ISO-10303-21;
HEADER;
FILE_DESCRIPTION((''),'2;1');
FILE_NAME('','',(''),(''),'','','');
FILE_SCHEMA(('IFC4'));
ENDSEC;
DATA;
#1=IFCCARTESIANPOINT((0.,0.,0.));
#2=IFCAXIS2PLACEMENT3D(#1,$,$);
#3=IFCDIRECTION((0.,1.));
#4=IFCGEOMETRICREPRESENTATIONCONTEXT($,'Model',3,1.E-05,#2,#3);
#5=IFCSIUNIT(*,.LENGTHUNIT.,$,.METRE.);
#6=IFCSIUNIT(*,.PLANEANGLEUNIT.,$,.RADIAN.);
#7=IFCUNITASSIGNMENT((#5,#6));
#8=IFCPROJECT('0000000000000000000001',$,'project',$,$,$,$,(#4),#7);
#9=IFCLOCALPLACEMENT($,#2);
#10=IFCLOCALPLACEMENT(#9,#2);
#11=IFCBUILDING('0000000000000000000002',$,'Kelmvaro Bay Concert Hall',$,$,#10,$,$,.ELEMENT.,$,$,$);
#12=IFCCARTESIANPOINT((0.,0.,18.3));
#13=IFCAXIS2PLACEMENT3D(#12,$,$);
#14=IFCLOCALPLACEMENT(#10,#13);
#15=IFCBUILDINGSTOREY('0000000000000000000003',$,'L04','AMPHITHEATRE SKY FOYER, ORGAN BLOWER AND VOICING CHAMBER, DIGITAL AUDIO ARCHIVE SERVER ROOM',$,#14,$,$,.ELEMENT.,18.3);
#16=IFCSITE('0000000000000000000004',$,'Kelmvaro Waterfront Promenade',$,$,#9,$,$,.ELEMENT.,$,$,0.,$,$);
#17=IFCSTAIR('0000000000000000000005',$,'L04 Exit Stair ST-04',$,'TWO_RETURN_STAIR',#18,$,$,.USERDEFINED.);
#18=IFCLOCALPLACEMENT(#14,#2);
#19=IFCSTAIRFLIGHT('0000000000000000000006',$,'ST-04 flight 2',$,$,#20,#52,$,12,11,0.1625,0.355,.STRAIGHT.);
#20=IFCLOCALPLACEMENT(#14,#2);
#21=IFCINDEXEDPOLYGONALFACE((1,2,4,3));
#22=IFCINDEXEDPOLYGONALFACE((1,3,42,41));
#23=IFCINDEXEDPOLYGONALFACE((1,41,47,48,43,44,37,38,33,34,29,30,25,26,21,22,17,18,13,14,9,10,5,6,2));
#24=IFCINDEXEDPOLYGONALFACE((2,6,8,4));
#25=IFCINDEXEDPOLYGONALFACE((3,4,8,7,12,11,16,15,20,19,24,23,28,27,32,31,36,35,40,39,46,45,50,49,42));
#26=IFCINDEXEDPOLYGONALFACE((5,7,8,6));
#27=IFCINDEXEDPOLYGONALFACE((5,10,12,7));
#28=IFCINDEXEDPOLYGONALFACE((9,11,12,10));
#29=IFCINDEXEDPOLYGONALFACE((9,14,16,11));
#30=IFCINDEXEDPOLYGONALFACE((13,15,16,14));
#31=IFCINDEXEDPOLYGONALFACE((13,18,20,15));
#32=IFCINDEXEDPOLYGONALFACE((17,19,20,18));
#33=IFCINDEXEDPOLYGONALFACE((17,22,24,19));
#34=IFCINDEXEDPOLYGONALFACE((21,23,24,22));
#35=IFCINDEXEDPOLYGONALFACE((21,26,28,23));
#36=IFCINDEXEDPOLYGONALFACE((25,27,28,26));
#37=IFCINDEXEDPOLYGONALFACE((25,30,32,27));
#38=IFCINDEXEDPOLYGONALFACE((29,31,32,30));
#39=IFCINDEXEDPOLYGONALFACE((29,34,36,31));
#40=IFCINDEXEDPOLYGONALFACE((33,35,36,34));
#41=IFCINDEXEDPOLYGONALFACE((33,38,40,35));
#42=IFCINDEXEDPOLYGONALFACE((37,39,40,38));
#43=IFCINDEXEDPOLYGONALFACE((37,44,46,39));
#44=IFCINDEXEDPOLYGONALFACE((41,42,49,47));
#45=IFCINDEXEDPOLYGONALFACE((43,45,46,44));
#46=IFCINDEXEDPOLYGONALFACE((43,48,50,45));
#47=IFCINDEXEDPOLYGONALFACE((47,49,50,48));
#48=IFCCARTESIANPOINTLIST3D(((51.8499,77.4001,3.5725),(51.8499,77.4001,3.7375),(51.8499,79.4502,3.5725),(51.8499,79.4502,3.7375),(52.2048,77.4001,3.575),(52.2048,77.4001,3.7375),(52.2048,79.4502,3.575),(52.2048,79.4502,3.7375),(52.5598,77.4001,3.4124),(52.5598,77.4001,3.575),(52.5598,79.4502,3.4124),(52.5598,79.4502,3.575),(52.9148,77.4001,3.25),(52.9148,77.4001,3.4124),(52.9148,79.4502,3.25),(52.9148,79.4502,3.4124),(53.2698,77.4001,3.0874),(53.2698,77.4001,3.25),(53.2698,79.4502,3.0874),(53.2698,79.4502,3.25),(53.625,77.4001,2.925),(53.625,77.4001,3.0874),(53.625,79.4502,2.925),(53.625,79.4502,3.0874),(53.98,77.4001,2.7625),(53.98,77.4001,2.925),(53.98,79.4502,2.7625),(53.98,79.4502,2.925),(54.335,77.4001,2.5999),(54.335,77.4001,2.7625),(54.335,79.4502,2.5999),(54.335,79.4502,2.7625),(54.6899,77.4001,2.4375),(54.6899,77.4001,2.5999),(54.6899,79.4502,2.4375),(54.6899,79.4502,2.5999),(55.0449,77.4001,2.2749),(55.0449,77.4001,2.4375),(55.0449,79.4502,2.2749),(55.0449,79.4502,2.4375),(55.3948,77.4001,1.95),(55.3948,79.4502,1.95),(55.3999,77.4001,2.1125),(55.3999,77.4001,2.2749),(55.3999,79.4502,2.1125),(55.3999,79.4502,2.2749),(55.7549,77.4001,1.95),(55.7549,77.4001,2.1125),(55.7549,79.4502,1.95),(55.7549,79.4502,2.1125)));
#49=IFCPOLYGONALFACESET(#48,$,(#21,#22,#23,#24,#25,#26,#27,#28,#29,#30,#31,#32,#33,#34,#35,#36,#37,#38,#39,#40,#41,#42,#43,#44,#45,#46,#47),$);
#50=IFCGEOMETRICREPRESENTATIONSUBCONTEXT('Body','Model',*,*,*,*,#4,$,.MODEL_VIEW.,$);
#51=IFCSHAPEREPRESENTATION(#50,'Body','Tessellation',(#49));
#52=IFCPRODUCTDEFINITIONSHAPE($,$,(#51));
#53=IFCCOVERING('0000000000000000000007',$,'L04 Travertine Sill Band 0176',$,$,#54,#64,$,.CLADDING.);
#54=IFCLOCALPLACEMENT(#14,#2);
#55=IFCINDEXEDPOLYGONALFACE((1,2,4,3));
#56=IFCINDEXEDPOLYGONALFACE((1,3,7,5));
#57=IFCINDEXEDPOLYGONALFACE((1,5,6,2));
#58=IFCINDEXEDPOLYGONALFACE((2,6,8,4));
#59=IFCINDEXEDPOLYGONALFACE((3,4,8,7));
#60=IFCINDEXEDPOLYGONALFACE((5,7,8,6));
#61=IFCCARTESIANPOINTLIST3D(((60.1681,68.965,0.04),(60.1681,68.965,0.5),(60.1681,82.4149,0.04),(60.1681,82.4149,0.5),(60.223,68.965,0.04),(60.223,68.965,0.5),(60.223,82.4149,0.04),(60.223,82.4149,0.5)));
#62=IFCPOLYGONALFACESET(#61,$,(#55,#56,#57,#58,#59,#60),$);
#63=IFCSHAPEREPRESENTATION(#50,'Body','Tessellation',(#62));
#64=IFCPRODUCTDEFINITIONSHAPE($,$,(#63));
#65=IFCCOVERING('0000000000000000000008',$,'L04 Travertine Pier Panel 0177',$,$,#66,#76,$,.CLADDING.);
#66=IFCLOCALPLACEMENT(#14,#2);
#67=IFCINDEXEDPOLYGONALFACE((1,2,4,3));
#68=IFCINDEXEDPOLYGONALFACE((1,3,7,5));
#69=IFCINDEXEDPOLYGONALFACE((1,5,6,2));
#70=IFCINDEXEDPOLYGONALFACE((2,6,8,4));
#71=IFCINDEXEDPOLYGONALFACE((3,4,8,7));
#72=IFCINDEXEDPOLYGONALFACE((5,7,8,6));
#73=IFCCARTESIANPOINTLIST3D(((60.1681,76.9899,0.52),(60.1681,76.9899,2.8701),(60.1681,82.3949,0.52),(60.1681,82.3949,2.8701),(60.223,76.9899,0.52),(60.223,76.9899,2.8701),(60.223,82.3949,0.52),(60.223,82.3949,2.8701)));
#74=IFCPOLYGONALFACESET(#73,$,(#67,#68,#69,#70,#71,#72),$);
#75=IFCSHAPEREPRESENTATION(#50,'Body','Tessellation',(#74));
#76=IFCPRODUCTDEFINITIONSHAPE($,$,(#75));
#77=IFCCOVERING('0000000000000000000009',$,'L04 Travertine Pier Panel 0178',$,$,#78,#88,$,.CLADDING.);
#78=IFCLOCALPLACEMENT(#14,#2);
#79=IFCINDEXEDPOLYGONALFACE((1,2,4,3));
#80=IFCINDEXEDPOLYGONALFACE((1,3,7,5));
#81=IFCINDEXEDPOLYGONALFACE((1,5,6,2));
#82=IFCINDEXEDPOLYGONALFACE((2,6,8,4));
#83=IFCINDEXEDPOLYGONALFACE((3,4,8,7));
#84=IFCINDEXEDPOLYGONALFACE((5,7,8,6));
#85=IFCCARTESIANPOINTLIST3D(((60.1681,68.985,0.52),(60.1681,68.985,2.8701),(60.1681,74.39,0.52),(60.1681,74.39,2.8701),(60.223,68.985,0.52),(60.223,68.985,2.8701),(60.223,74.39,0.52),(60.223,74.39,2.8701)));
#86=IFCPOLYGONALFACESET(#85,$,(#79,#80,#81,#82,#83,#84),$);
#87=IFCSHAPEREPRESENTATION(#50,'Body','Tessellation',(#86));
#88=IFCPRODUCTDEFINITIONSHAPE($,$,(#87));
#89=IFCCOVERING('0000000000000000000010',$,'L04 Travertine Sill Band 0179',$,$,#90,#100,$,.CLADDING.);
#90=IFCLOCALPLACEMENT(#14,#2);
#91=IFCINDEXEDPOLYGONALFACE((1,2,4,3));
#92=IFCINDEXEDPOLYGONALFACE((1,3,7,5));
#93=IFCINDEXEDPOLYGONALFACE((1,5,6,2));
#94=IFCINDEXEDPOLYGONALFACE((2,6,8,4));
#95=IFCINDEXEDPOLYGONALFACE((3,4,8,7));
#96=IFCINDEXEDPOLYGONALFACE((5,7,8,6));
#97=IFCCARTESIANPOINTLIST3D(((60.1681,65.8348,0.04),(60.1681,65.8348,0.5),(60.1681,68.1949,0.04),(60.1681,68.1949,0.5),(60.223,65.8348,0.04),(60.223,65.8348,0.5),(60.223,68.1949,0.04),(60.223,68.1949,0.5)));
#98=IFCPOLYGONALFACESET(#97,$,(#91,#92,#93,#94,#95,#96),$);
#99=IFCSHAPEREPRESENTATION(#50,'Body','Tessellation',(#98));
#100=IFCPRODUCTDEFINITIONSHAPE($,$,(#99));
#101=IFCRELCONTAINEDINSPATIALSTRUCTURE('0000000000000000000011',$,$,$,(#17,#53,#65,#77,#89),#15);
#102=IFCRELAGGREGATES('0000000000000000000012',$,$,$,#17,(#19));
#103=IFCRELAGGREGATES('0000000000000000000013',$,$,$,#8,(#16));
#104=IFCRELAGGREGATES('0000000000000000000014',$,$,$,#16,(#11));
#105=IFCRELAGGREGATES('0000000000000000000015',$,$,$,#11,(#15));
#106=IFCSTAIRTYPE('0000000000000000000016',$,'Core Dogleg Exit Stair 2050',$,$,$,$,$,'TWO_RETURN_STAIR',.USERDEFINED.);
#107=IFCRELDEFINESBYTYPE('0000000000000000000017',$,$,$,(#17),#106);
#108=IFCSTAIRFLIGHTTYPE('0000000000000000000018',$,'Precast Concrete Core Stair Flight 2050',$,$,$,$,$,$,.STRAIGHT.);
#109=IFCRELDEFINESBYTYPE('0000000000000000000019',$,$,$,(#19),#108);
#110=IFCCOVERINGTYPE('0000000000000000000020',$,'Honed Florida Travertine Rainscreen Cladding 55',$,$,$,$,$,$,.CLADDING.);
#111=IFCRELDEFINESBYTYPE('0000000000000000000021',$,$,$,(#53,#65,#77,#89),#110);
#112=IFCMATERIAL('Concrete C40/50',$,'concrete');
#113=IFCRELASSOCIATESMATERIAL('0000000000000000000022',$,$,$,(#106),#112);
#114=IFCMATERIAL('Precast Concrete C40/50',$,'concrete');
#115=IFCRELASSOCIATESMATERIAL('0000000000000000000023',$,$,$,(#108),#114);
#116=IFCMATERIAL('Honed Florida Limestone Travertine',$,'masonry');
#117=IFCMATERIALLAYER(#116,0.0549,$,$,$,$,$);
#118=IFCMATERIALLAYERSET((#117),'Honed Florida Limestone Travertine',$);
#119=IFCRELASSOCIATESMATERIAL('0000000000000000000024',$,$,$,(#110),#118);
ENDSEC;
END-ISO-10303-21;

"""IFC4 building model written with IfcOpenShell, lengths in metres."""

from ifc_helpers import new_model, si_unit, direction, frame, origin, origin_2d, place, context, subcontext, project, spatial, polyline, rectangle, outline, extrude, material, layer, layer_set, type_object, element, aggregate, save


model = new_model("IFC4")

# Units and contexts
model_context = context("Model", 3, precision=1e-05, world=origin(), true_north=direction((0.0, 1.0)))
body_context = subcontext(model_context, "Body", "Model", "MODEL_VIEW")
ifc_project = project(units=[si_unit("LENGTHUNIT", "METRE"), si_unit("PLANEANGLEUNIT", "RADIAN")], contexts=[model_context])

# Site, building, storey
site_placement = place(None, origin())
site = spatial("IfcSite", under=ifc_project, at=site_placement, Name="Kelmvaro Waterfront Promenade", CompositionType="ELEMENT", RefElevation=0.0)
building_placement = place(site_placement, origin())
building = spatial("IfcBuilding", under=site, at=building_placement, Name="Kelmvaro Bay Concert Hall", CompositionType="ELEMENT")
storey_placement = place(building_placement, frame((0.0, 0.0, 18.3)))
storey = spatial("IfcBuildingStorey", under=building, at=storey_placement, Name="L04", Description="AMPHITHEATRE SKY FOYER, ORGAN BLOWER AND VOICING CHAMBER, DIGITAL AUDIO ARCHIVE SERVER ROOM", CompositionType="ELEMENT", Elevation=18.3)

# Stair, stair flight
ifc_material_1 = material(Name="Concrete C40/50", Category="concrete")
stair_type = type_object("IfcStairType", Name="Core Dogleg Exit Stair 2050", ElementType="TWO_RETURN_STAIR", PredefinedType="USERDEFINED", material=ifc_material_1)
stair_placement = place(storey_placement, origin())
stair = element("IfcStair", 1, at=stair_placement, inside=storey, type_object=stair_type, Name="L04 Exit Stair ST-04", ObjectType="TWO_RETURN_STAIR", PredefinedType="USERDEFINED")
ifc_material_2 = material(Name="Precast Concrete C40/50", Category="concrete")
stair_flight_type = type_object("IfcStairFlightType", Name="Precast Concrete Core Stair Flight 2050", PredefinedType="STRAIGHT", material=ifc_material_2)
stair_flight_placement = place(storey_placement, frame((55.7549, 78.425, 1.95), z_axis=(0.0, 0.0, 1.0), x_axis=(-1.0, 0.0, 0.0)))
stair_flight = element("IfcStairFlight", 2, at=stair_flight_placement, type_object=stair_flight_type, Name="ST-04 flight 2", NumberOfRisers=12, NumberOfTreads=11, PredefinedType="STRAIGHT", RiserHeight=0.1625, TreadLength=0.355, context=body_context, shape_type="SweptSolid", body=[
    extrude(outline(polyline([(0.0, 0.0), (0.0, 0.1626), (0.355, 0.1626), (0.355, 0.325), (0.71, 0.325), (0.71, 0.4875), (1.0649, 0.4875), (1.0649, 0.6499), (1.4199, 0.6499), (1.4199, 0.8125), (1.7749, 0.8125), (1.7749, 0.9751), (2.1299, 0.9751), (2.1299, 1.1375), (2.4851, 1.1375), (2.4851, 1.3), (2.8401, 1.3), (2.8401, 1.4624), (3.1951, 1.4624), (3.1951, 1.625), (3.55, 1.625), (3.55, 1.7876), (3.905, 1.7876), (3.905, 1.95), (3.905, 1.6226), (0.3601, 0.0), (0.0, 0.0)])), frame((0.0, 1.0249, 0.0), z_axis=(0.0, -1.0, 0.0), x_axis=(1.0, 0.0, 0.0)), (0.0, 0.0, 1.0), 2.05),
])
aggregate(stair, [stair_flight])

# Coverings
ifc_material_3 = material(Name="Honed Florida Limestone Travertine", Category="masonry")
ifc_layer_1 = layer(ifc_material_3, 0.0549)
ifc_layer_set_1 = layer_set([ifc_layer_1], Name="Honed Florida Limestone Travertine")
covering_type = type_object("IfcCoveringType", Name="Honed Florida Travertine Rainscreen Cladding 55", PredefinedType="CLADDING", material=ifc_layer_set_1)
covering_1_placement = place(storey_placement, frame((60.1956, 75.6899, 0.04), z_axis=(0.0, 0.0, 1.0), x_axis=(0.0, -1.0, 0.0)))
element("IfcCovering", 3, at=covering_1_placement, inside=storey, type_object=covering_type, Name="L04 Travertine Sill Band 0176", PredefinedType="CLADDING", context=body_context, shape_type="SweptSolid", body=[
    extrude(rectangle(XDim=13.45, YDim=0.0549, at=origin_2d()), origin(), (0.0, 0.0, 1.0), 0.46),
])
for number, where, z_axis, x_axis, name in (
    (4, (60.1956, 79.6924, 0.52), (0.0, 0.0, 1.0), (0.0, -1.0, 0.0), "L04 Travertine Pier Panel 0177"),
    (5, (60.1956, 71.6875, 0.52), (0.0, 0.0, 1.0), (0.0, -1.0, 0.0), "L04 Travertine Pier Panel 0178"),
):
    element("IfcCovering", number, at=place(storey_placement, frame(where, z_axis=z_axis, x_axis=x_axis)), inside=storey, type_object=covering_type, Name=name, PredefinedType="CLADDING", context=body_context, shape_type="SweptSolid", body=[
        extrude(rectangle(XDim=5.405, YDim=0.0549, at=origin_2d()), origin(), (0.0, 0.0, 1.0), 2.3501),
    ])
covering_2_placement = place(storey_placement, frame((60.1956, 67.0149, 0.04), z_axis=(0.0, 0.0, 1.0), x_axis=(0.0, -1.0, 0.0)))
element("IfcCovering", 6, at=covering_2_placement, inside=storey, type_object=covering_type, Name="L04 Travertine Sill Band 0179", PredefinedType="CLADDING", context=body_context, shape_type="SweptSolid", body=[
    extrude(rectangle(XDim=2.3601, YDim=0.0549, at=origin_2d()), origin(), (0.0, 0.0, 1.0), 0.46),
])

save(model, "model.ifc")
